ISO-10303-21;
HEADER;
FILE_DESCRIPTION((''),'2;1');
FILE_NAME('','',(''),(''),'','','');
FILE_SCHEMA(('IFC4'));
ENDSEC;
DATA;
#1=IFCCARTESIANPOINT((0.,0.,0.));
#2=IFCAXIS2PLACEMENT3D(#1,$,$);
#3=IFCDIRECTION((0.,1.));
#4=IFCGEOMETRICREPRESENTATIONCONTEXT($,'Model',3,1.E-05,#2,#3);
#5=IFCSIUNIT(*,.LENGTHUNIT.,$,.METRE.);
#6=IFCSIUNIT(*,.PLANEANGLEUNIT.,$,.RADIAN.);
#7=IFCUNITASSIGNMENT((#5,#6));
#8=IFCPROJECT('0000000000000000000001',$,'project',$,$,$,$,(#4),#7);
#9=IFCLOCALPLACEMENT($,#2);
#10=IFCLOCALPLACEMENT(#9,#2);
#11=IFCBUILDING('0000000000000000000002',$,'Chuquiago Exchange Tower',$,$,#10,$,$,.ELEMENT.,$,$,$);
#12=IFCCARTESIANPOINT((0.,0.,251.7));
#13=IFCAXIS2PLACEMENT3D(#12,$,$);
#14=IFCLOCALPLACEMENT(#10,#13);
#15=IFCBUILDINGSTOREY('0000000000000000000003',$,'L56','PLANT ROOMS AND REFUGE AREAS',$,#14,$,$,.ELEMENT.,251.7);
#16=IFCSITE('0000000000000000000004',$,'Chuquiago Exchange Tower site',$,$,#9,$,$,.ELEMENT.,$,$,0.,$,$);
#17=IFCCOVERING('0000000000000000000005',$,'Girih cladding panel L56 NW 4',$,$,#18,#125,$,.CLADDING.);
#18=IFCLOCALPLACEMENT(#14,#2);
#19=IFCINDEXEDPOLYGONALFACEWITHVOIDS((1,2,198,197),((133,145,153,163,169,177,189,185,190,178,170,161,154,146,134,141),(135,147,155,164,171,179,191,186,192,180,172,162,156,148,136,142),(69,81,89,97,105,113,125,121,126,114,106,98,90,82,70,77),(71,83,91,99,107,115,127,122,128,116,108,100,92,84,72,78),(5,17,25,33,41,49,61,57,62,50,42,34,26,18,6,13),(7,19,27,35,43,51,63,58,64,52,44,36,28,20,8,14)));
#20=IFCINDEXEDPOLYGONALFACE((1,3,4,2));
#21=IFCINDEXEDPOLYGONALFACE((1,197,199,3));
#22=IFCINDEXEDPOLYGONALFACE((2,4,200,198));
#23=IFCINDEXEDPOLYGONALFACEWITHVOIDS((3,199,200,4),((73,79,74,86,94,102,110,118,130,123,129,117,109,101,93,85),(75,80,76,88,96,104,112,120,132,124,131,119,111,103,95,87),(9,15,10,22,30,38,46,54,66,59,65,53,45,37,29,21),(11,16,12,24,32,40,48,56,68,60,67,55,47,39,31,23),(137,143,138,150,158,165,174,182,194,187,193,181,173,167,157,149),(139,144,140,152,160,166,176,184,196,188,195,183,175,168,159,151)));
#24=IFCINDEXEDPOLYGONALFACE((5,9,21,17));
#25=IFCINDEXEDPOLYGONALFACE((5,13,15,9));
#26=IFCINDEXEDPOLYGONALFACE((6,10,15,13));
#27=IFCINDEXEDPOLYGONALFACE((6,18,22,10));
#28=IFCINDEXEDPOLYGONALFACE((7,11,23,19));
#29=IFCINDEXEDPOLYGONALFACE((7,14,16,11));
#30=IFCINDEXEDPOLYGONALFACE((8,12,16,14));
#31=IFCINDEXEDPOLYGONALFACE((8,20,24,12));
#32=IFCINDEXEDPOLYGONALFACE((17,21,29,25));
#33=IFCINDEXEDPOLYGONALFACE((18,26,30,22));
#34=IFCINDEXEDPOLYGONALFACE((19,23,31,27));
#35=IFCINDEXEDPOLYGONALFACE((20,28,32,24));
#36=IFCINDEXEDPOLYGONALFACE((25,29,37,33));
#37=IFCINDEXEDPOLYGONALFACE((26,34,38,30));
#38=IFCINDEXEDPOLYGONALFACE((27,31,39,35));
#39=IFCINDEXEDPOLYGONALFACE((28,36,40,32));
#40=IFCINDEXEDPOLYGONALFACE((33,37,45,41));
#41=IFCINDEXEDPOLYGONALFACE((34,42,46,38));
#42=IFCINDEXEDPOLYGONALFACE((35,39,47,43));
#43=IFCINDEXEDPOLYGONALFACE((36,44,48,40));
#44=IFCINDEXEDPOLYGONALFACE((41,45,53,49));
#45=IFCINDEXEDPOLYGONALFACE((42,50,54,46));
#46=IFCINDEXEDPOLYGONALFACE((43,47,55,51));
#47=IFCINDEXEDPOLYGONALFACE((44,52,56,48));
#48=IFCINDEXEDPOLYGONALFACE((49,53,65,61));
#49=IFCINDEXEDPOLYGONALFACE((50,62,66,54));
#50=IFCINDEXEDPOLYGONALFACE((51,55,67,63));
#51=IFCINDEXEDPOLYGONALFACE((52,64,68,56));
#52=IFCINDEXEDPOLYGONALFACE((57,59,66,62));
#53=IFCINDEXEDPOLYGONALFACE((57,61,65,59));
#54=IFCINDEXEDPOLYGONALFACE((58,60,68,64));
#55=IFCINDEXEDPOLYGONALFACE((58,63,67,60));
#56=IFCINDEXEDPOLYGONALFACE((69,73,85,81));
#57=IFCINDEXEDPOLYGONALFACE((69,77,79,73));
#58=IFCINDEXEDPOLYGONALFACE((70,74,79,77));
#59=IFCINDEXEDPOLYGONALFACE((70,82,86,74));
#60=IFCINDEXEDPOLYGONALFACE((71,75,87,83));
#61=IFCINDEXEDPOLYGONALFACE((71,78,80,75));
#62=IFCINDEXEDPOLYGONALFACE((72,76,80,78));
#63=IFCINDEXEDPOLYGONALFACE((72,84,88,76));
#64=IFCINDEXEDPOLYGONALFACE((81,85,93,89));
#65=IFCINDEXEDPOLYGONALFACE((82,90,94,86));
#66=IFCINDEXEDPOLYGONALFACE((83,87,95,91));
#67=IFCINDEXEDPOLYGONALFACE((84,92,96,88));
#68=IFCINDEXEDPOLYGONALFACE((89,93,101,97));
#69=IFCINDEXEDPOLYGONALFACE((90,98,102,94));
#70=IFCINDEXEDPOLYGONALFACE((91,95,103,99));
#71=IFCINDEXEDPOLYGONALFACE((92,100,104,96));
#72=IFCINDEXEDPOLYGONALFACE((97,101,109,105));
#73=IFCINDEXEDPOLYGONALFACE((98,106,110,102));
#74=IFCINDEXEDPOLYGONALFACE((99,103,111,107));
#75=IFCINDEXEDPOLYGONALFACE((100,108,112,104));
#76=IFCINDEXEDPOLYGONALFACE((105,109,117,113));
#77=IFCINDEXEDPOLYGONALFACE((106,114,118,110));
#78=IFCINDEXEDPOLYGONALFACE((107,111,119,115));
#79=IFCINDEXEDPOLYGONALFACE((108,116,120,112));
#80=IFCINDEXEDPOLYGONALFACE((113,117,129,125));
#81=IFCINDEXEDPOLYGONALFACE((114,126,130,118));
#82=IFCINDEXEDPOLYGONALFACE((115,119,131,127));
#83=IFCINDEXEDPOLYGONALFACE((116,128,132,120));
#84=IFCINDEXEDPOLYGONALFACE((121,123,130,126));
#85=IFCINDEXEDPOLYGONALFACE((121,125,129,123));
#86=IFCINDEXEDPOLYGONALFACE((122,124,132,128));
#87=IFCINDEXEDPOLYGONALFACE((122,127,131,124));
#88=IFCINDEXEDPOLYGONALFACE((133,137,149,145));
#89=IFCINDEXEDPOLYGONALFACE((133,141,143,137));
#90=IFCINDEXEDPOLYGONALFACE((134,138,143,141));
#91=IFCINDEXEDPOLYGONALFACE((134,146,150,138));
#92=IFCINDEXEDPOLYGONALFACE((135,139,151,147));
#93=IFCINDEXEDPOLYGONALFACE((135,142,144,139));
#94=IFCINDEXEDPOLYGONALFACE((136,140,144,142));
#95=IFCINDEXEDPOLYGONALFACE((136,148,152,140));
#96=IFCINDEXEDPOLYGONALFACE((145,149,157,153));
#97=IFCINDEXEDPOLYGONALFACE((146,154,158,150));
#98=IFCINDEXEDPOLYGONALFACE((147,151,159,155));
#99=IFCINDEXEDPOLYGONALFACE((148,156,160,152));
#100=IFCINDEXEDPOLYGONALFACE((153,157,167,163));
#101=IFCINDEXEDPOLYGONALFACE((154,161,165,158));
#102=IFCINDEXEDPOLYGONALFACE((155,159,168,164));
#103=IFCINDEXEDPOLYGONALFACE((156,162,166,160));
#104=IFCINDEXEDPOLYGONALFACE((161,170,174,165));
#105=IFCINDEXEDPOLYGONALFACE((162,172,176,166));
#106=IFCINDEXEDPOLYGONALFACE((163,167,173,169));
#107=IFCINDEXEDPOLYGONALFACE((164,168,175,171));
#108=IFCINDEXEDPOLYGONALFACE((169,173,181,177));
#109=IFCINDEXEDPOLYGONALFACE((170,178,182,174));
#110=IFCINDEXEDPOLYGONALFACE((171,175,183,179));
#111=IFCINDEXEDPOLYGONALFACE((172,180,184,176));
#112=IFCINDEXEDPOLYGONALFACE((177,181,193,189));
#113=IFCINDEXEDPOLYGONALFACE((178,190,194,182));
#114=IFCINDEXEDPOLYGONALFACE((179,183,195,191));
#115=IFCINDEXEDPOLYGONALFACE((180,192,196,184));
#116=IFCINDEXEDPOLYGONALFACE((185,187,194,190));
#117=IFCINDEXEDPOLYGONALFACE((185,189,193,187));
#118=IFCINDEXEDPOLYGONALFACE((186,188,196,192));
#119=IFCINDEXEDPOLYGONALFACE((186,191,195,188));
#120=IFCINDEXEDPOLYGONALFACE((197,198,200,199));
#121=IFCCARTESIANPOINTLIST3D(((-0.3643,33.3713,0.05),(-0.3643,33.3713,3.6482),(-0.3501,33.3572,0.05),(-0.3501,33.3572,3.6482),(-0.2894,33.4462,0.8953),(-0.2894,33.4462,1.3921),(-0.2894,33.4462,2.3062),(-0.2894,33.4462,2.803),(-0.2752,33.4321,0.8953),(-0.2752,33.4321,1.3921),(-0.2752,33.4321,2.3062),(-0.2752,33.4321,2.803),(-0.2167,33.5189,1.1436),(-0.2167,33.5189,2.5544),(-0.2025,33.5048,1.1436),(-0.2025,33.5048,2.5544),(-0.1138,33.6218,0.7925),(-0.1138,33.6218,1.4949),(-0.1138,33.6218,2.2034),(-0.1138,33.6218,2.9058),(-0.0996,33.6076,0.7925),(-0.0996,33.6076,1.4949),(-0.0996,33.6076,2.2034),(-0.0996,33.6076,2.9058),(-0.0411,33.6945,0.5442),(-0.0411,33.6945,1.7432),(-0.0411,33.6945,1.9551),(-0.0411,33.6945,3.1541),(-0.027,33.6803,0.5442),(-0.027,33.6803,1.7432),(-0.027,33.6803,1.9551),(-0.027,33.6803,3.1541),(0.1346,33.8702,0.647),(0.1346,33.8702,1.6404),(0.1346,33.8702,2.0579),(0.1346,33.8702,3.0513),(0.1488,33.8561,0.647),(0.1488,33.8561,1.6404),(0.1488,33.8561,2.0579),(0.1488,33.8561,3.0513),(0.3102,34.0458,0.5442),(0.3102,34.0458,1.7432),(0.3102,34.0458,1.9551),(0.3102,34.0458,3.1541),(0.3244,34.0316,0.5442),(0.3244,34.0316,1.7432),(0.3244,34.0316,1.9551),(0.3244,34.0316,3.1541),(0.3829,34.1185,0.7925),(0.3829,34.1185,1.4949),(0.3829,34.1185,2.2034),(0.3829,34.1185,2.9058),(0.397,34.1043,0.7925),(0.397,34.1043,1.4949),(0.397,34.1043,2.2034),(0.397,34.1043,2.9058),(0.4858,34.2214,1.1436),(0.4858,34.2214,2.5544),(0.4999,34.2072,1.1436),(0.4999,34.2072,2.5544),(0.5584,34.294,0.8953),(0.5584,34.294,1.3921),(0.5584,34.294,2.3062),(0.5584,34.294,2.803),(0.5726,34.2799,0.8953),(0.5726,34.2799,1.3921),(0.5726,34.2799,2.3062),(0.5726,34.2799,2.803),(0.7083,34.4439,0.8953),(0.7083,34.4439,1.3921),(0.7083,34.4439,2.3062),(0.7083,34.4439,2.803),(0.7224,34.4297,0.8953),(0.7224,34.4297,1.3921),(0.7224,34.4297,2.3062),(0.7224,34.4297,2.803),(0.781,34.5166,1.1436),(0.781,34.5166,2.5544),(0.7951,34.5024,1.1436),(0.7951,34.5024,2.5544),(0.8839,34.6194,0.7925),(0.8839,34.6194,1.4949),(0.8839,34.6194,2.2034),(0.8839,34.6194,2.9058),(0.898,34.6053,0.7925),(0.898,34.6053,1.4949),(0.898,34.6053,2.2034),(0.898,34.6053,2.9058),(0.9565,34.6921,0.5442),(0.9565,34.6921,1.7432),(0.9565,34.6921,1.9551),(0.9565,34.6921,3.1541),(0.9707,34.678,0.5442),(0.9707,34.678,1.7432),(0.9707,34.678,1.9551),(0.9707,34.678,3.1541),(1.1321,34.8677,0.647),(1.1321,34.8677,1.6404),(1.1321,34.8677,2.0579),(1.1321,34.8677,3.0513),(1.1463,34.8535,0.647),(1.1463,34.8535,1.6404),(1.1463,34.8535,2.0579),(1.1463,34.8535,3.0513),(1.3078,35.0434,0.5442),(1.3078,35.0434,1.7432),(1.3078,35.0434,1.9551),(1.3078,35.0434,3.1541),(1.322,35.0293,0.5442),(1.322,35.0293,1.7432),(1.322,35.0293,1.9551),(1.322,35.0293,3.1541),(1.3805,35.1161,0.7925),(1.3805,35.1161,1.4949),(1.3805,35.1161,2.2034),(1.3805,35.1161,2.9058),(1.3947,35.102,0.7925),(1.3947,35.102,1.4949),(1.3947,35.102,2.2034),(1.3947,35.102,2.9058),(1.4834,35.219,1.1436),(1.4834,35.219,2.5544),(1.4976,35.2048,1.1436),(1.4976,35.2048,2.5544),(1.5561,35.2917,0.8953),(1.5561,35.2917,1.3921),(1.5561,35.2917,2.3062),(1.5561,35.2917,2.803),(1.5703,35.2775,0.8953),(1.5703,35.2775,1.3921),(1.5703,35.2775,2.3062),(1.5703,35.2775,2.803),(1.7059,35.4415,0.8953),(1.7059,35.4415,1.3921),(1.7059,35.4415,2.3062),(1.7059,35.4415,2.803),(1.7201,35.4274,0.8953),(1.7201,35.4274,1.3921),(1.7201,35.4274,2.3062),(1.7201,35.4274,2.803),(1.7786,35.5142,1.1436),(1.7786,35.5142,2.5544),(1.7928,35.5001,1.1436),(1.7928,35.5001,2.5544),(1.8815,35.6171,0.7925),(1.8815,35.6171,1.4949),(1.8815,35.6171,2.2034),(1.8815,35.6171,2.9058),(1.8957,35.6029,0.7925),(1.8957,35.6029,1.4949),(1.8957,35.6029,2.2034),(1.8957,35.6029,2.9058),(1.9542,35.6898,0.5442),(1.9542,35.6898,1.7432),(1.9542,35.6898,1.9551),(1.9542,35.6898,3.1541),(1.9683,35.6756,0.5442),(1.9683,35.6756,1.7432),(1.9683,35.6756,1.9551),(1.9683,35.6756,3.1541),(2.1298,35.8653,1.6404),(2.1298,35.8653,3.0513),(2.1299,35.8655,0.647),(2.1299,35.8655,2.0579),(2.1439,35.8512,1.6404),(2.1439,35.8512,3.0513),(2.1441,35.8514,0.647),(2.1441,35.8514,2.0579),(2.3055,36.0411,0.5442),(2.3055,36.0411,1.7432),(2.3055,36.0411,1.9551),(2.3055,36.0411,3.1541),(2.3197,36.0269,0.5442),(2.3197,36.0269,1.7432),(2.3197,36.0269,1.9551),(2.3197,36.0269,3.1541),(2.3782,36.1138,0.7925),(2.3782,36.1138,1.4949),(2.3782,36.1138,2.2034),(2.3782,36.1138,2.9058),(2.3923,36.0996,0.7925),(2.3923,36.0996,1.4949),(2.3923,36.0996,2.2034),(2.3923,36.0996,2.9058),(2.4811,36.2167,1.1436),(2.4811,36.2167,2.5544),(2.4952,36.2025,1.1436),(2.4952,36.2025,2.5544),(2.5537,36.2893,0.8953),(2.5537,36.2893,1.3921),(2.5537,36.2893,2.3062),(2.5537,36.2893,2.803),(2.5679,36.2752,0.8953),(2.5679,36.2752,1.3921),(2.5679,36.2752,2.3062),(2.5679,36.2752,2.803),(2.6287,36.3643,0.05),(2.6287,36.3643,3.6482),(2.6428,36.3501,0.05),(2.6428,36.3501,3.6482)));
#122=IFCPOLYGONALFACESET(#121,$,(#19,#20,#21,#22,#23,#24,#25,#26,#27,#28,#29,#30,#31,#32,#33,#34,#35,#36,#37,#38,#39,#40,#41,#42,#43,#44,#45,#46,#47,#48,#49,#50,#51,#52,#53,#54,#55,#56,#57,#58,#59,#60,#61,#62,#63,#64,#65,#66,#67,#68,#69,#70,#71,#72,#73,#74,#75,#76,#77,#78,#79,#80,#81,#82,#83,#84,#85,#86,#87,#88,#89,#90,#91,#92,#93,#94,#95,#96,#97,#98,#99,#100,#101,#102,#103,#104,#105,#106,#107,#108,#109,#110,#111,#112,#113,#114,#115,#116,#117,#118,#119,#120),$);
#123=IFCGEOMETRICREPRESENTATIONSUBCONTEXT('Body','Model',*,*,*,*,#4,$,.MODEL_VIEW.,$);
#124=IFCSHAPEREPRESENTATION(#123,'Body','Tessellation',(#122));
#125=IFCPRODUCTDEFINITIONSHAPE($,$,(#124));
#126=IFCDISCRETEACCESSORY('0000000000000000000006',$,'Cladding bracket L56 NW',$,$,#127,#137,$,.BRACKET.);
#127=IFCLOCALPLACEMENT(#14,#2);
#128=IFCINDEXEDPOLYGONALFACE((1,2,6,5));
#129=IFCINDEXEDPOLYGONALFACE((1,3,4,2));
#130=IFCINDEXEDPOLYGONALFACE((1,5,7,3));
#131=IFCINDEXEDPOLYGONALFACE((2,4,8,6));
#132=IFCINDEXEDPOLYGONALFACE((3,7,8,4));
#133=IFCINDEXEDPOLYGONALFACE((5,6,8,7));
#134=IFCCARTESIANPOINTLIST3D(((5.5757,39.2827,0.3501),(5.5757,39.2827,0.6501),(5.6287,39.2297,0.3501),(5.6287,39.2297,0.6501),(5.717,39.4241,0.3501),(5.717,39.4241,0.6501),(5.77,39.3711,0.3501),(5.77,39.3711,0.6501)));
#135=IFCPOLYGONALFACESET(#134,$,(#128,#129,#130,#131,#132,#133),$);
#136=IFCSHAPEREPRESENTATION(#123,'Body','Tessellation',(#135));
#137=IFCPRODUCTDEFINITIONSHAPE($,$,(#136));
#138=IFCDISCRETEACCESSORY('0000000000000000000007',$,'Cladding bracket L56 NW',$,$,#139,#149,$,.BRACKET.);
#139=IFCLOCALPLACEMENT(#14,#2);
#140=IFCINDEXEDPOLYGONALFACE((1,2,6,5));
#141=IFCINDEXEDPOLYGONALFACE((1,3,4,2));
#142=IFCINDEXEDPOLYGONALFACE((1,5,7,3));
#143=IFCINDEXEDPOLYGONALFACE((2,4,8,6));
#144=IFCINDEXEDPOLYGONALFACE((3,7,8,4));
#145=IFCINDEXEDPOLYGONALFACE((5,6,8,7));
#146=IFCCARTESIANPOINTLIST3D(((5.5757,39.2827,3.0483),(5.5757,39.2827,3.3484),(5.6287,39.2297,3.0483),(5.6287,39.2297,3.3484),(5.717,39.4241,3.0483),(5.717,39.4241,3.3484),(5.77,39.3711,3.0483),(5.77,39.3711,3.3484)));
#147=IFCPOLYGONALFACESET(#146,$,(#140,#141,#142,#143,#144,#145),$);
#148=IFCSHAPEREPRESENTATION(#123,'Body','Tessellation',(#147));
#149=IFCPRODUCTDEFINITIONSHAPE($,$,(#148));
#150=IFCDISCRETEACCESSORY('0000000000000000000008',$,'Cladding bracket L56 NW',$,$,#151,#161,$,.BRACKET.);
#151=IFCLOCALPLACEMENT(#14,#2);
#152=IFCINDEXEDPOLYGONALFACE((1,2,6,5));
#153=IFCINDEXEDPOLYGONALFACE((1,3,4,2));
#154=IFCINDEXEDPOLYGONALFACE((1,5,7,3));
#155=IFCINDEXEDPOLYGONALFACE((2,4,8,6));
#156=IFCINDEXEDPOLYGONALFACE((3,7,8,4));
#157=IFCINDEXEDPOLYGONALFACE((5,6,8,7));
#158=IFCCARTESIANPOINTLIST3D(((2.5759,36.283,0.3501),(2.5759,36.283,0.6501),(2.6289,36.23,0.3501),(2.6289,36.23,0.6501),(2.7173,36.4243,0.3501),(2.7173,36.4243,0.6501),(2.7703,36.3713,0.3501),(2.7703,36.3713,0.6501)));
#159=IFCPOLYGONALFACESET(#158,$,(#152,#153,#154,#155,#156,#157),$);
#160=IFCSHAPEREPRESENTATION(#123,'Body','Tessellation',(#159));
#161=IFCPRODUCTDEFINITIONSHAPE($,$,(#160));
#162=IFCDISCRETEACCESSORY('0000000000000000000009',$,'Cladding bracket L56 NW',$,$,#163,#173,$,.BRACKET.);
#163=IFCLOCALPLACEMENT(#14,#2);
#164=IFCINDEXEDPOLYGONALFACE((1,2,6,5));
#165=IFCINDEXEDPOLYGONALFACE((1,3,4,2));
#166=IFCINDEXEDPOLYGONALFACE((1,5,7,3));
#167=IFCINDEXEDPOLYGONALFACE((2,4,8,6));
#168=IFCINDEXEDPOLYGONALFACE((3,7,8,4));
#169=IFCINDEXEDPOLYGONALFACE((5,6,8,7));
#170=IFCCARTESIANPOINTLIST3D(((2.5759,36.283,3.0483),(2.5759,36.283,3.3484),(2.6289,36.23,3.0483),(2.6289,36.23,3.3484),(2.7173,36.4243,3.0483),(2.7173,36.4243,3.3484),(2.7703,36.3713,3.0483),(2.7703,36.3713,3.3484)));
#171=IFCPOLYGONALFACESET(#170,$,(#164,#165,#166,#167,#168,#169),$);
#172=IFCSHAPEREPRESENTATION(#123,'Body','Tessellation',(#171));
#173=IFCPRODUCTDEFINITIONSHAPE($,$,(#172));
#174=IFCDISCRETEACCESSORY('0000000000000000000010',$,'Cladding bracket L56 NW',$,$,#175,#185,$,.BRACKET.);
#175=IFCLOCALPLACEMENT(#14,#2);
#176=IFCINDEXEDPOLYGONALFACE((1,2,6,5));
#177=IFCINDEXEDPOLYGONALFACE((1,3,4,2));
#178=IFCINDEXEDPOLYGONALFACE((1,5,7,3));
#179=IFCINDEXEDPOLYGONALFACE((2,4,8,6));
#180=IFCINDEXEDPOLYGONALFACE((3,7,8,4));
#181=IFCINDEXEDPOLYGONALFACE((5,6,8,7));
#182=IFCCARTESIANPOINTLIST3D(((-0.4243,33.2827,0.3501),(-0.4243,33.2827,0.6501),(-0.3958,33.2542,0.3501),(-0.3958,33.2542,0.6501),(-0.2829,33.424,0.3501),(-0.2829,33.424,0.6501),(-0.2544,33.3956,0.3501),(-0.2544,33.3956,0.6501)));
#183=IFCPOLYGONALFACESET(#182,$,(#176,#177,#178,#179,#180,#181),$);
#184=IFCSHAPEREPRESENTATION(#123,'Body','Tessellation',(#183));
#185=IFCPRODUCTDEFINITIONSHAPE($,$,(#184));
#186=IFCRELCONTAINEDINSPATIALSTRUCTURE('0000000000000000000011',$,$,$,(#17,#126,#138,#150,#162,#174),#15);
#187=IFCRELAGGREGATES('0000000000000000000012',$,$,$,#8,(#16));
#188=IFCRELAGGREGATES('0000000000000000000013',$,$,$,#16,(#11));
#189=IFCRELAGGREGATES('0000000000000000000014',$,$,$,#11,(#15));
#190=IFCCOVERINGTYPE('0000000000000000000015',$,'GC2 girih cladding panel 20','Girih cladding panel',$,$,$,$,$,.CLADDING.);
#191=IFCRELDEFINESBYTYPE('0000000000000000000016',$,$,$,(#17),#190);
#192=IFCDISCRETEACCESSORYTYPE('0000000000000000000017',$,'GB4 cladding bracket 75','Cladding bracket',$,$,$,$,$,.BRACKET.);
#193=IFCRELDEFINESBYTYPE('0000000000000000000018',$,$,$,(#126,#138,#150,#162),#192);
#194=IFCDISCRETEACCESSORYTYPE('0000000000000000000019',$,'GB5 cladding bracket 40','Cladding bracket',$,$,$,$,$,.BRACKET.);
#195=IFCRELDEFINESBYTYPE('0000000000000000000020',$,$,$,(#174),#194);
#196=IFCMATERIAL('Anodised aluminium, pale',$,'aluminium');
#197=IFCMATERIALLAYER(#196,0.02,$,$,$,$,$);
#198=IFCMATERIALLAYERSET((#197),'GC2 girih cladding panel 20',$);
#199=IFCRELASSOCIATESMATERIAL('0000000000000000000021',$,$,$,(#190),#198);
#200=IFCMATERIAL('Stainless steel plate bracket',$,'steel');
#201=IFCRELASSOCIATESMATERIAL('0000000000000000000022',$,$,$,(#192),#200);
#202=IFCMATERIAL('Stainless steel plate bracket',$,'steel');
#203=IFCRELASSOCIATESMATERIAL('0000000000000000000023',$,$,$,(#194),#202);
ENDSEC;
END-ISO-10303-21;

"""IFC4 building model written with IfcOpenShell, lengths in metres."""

from ifc_helpers import new_model, si_unit, direction, frame, origin, origin_2d, place, context, subcontext, project, spatial, polyline, rectangle, outline, extrude, material, layer, layer_set, type_object, element, save


model = new_model("IFC4")

# Units and contexts
model_context = context("Model", 3, precision=1e-05, world=origin(), true_north=direction((0.0, 1.0)))
body_context = subcontext(model_context, "Body", "Model", "MODEL_VIEW")
ifc_project = project(units=[si_unit("LENGTHUNIT", "METRE"), si_unit("PLANEANGLEUNIT", "RADIAN")], contexts=[model_context])

# Site, building, storey
site_placement = place(None, origin())
site = spatial("IfcSite", under=ifc_project, at=site_placement, Name="Chuquiago Exchange Tower site", CompositionType="ELEMENT", RefElevation=0.0)
building_placement = place(site_placement, origin())
building = spatial("IfcBuilding", under=site, at=building_placement, Name="Chuquiago Exchange Tower", CompositionType="ELEMENT")
storey_placement = place(building_placement, frame((0.0, 0.0, 251.7)))
storey = spatial("IfcBuildingStorey", under=building, at=storey_placement, Name="L56", Description="PLANT ROOMS AND REFUGE AREAS", CompositionType="ELEMENT", Elevation=251.7)

# Covering
ifc_material_1 = material(Name="Anodised aluminium, pale", Category="aluminium")
ifc_layer_1 = layer(ifc_material_1, 0.02)
ifc_layer_set_1 = layer_set([ifc_layer_1], Name="GC2 girih cladding panel 20")
covering_type = type_object("IfcCoveringType", Name="GC2 girih cladding panel 20", Description="Girih cladding panel", PredefinedType="CLADDING", material=ifc_layer_set_1)
covering_1_placement = place(storey_placement, frame((2.6428, 36.3501, 0.05), z_axis=(0.0, 0.0, 1.0), x_axis=(-0.707107, -0.707107, 0.0)))
element("IfcCovering", 1, at=covering_1_placement, inside=storey, type_object=covering_type, Name="Girih cladding panel L56 NW 4", PredefinedType="CLADDING", context=body_context, shape_type="SweptSolid", body=[
    extrude(outline(polyline([(0.0, 0.0), (4.2327, 0.0), (4.2327, 3.5981), (0.0, 3.5981), (0.0, 0.0)]), holes=[polyline([(1.2021, 1.0935), (1.3049, 1.342), (1.0566, 1.4448), (0.9539, 1.6931), (0.7056, 1.5903), (0.457, 1.6931), (0.3542, 1.4448), (0.106, 1.342), (0.2087, 1.0935), (0.106, 0.8452), (0.3542, 0.7424), (0.457, 0.4941), (0.7053, 0.5969), (0.9539, 0.4941), (1.0566, 0.7424), (1.3049, 0.8452), (1.2021, 1.0935)]), polyline([(2.613, 1.0935), (2.7158, 1.342), (2.4675, 1.4448), (2.3647, 1.6931), (2.1165, 1.5903), (1.8679, 1.6931), (1.7651, 1.4448), (1.5168, 1.342), (1.6196, 1.0935), (1.5168, 0.8452), (1.7651, 0.7424), (1.8679, 0.4941), (2.1165, 0.5969), (2.3647, 0.4941), (2.4675, 0.7424), (2.7158, 0.8452), (2.613, 1.0935)]), polyline([(4.0239, 1.0935), (4.1267, 1.342), (3.8784, 1.4448), (3.7756, 1.6931), (3.5271, 1.5903), (3.2788, 1.6931), (3.176, 1.4448), (2.9277, 1.342), (3.0305, 1.0935), (2.9277, 0.8452), (3.176, 0.7424), (3.2788, 0.4941), (3.5271, 0.5969), (3.7756, 0.4941), (3.8784, 0.7424), (4.1267, 0.8452), (4.0239, 1.0935)]), polyline([(1.2021, 2.5044), (1.3049, 2.7529), (1.0566, 2.8557), (0.9539, 3.104), (0.7056, 3.0012), (0.457, 3.104), (0.3542, 2.8557), (0.106, 2.7529), (0.2087, 2.5044), (0.106, 2.2561), (0.3542, 2.1533), (0.457, 1.905), (0.7053, 2.0078), (0.9539, 1.905), (1.0566, 2.1533), (1.3049, 2.2561), (1.2021, 2.5044)]), polyline([(2.613, 2.5044), (2.7158, 2.7529), (2.4675, 2.8557), (2.3647, 3.104), (2.1165, 3.0012), (1.8679, 3.104), (1.7651, 2.8557), (1.5168, 2.7529), (1.6196, 2.5044), (1.5168, 2.2561), (1.7651, 2.1533), (1.8679, 1.905), (2.1165, 2.0078), (2.3647, 1.905), (2.4675, 2.1533), (2.7158, 2.2561), (2.613, 2.5044)]), polyline([(4.0239, 2.5044), (4.1267, 2.7529), (3.8784, 2.8557), (3.7756, 3.104), (3.5271, 3.0012), (3.2788, 3.104), (3.176, 2.8557), (2.9277, 2.7529), (3.0305, 2.5044), (2.9277, 2.2561), (3.176, 2.1533), (3.2788, 1.905), (3.5271, 2.0078), (3.7756, 1.905), (3.8784, 2.1533), (4.1267, 2.2561), (4.0239, 2.5044)])]), frame((0.0, 0.0, 0.0), z_axis=(0.0, -1.0, 0.0), x_axis=(1.0, 0.0, 0.0)), (0.0, 0.0, 1.0), 0.02),
])

# Discrete accessories
ifc_material_2 = material(Name="Stainless steel plate bracket", Category="steel")
discrete_accessory_type_1 = type_object("IfcDiscreteAccessoryType", Name="GB4 cladding bracket 75", Description="Cladding bracket", PredefinedType="BRACKET", material=ifc_material_2)
for number, where, z_axis, x_axis, name in (
    (2, (5.6729, 39.3269, 0.3501), (0.0, 0.0, 1.0), (-0.707107, -0.707107, 0.0), "Cladding bracket L56 NW"),
    (3, (5.6729, 39.3269, 3.0483), (0.0, 0.0, 1.0), (-0.707107, -0.707107, 0.0), "Cladding bracket L56 NW"),
    (4, (2.6731, 36.3271, 0.3501), (0.0, 0.0, 1.0), (-0.707107, -0.707107, 0.0), "Cladding bracket L56 NW"),
    (5, (2.6731, 36.3271, 3.0483), (0.0, 0.0, 1.0), (-0.707107, -0.707107, 0.0), "Cladding bracket L56 NW"),
):
    element("IfcDiscreteAccessory", number, at=place(storey_placement, frame(where, z_axis=z_axis, x_axis=x_axis)), inside=storey, type_object=discrete_accessory_type_1, Name=name, PredefinedType="BRACKET", context=body_context, shape_type="SweptSolid", body=[
        extrude(rectangle(XDim=0.2, YDim=0.075, at=origin_2d()), origin(), (0.0, 0.0, 1.0), 0.3),
    ])
ifc_material_3 = material(Name="Stainless steel plate bracket", Category="steel")
discrete_accessory_type_2 = type_object("IfcDiscreteAccessoryType", Name="GB5 cladding bracket 40", Description="Cladding bracket", PredefinedType="BRACKET", material=ifc_material_3)
for number, where, z_axis, x_axis, name in (
    (6, (-0.3394, 33.3391, 0.3501), (0.0, 0.0, 1.0), (-0.707107, -0.707107, 0.0), "Cladding bracket L56 NW"),
):
    element("IfcDiscreteAccessory", number, at=place(storey_placement, frame(where, z_axis=z_axis, x_axis=x_axis)), inside=storey, type_object=discrete_accessory_type_2, Name=name, PredefinedType="BRACKET", context=body_context, shape_type="SweptSolid", body=[
        extrude(rectangle(XDim=0.2, YDim=0.0403, at=origin_2d()), origin(), (0.0, 0.0, 1.0), 0.3),
    ])

save(model, "model.ifc")
